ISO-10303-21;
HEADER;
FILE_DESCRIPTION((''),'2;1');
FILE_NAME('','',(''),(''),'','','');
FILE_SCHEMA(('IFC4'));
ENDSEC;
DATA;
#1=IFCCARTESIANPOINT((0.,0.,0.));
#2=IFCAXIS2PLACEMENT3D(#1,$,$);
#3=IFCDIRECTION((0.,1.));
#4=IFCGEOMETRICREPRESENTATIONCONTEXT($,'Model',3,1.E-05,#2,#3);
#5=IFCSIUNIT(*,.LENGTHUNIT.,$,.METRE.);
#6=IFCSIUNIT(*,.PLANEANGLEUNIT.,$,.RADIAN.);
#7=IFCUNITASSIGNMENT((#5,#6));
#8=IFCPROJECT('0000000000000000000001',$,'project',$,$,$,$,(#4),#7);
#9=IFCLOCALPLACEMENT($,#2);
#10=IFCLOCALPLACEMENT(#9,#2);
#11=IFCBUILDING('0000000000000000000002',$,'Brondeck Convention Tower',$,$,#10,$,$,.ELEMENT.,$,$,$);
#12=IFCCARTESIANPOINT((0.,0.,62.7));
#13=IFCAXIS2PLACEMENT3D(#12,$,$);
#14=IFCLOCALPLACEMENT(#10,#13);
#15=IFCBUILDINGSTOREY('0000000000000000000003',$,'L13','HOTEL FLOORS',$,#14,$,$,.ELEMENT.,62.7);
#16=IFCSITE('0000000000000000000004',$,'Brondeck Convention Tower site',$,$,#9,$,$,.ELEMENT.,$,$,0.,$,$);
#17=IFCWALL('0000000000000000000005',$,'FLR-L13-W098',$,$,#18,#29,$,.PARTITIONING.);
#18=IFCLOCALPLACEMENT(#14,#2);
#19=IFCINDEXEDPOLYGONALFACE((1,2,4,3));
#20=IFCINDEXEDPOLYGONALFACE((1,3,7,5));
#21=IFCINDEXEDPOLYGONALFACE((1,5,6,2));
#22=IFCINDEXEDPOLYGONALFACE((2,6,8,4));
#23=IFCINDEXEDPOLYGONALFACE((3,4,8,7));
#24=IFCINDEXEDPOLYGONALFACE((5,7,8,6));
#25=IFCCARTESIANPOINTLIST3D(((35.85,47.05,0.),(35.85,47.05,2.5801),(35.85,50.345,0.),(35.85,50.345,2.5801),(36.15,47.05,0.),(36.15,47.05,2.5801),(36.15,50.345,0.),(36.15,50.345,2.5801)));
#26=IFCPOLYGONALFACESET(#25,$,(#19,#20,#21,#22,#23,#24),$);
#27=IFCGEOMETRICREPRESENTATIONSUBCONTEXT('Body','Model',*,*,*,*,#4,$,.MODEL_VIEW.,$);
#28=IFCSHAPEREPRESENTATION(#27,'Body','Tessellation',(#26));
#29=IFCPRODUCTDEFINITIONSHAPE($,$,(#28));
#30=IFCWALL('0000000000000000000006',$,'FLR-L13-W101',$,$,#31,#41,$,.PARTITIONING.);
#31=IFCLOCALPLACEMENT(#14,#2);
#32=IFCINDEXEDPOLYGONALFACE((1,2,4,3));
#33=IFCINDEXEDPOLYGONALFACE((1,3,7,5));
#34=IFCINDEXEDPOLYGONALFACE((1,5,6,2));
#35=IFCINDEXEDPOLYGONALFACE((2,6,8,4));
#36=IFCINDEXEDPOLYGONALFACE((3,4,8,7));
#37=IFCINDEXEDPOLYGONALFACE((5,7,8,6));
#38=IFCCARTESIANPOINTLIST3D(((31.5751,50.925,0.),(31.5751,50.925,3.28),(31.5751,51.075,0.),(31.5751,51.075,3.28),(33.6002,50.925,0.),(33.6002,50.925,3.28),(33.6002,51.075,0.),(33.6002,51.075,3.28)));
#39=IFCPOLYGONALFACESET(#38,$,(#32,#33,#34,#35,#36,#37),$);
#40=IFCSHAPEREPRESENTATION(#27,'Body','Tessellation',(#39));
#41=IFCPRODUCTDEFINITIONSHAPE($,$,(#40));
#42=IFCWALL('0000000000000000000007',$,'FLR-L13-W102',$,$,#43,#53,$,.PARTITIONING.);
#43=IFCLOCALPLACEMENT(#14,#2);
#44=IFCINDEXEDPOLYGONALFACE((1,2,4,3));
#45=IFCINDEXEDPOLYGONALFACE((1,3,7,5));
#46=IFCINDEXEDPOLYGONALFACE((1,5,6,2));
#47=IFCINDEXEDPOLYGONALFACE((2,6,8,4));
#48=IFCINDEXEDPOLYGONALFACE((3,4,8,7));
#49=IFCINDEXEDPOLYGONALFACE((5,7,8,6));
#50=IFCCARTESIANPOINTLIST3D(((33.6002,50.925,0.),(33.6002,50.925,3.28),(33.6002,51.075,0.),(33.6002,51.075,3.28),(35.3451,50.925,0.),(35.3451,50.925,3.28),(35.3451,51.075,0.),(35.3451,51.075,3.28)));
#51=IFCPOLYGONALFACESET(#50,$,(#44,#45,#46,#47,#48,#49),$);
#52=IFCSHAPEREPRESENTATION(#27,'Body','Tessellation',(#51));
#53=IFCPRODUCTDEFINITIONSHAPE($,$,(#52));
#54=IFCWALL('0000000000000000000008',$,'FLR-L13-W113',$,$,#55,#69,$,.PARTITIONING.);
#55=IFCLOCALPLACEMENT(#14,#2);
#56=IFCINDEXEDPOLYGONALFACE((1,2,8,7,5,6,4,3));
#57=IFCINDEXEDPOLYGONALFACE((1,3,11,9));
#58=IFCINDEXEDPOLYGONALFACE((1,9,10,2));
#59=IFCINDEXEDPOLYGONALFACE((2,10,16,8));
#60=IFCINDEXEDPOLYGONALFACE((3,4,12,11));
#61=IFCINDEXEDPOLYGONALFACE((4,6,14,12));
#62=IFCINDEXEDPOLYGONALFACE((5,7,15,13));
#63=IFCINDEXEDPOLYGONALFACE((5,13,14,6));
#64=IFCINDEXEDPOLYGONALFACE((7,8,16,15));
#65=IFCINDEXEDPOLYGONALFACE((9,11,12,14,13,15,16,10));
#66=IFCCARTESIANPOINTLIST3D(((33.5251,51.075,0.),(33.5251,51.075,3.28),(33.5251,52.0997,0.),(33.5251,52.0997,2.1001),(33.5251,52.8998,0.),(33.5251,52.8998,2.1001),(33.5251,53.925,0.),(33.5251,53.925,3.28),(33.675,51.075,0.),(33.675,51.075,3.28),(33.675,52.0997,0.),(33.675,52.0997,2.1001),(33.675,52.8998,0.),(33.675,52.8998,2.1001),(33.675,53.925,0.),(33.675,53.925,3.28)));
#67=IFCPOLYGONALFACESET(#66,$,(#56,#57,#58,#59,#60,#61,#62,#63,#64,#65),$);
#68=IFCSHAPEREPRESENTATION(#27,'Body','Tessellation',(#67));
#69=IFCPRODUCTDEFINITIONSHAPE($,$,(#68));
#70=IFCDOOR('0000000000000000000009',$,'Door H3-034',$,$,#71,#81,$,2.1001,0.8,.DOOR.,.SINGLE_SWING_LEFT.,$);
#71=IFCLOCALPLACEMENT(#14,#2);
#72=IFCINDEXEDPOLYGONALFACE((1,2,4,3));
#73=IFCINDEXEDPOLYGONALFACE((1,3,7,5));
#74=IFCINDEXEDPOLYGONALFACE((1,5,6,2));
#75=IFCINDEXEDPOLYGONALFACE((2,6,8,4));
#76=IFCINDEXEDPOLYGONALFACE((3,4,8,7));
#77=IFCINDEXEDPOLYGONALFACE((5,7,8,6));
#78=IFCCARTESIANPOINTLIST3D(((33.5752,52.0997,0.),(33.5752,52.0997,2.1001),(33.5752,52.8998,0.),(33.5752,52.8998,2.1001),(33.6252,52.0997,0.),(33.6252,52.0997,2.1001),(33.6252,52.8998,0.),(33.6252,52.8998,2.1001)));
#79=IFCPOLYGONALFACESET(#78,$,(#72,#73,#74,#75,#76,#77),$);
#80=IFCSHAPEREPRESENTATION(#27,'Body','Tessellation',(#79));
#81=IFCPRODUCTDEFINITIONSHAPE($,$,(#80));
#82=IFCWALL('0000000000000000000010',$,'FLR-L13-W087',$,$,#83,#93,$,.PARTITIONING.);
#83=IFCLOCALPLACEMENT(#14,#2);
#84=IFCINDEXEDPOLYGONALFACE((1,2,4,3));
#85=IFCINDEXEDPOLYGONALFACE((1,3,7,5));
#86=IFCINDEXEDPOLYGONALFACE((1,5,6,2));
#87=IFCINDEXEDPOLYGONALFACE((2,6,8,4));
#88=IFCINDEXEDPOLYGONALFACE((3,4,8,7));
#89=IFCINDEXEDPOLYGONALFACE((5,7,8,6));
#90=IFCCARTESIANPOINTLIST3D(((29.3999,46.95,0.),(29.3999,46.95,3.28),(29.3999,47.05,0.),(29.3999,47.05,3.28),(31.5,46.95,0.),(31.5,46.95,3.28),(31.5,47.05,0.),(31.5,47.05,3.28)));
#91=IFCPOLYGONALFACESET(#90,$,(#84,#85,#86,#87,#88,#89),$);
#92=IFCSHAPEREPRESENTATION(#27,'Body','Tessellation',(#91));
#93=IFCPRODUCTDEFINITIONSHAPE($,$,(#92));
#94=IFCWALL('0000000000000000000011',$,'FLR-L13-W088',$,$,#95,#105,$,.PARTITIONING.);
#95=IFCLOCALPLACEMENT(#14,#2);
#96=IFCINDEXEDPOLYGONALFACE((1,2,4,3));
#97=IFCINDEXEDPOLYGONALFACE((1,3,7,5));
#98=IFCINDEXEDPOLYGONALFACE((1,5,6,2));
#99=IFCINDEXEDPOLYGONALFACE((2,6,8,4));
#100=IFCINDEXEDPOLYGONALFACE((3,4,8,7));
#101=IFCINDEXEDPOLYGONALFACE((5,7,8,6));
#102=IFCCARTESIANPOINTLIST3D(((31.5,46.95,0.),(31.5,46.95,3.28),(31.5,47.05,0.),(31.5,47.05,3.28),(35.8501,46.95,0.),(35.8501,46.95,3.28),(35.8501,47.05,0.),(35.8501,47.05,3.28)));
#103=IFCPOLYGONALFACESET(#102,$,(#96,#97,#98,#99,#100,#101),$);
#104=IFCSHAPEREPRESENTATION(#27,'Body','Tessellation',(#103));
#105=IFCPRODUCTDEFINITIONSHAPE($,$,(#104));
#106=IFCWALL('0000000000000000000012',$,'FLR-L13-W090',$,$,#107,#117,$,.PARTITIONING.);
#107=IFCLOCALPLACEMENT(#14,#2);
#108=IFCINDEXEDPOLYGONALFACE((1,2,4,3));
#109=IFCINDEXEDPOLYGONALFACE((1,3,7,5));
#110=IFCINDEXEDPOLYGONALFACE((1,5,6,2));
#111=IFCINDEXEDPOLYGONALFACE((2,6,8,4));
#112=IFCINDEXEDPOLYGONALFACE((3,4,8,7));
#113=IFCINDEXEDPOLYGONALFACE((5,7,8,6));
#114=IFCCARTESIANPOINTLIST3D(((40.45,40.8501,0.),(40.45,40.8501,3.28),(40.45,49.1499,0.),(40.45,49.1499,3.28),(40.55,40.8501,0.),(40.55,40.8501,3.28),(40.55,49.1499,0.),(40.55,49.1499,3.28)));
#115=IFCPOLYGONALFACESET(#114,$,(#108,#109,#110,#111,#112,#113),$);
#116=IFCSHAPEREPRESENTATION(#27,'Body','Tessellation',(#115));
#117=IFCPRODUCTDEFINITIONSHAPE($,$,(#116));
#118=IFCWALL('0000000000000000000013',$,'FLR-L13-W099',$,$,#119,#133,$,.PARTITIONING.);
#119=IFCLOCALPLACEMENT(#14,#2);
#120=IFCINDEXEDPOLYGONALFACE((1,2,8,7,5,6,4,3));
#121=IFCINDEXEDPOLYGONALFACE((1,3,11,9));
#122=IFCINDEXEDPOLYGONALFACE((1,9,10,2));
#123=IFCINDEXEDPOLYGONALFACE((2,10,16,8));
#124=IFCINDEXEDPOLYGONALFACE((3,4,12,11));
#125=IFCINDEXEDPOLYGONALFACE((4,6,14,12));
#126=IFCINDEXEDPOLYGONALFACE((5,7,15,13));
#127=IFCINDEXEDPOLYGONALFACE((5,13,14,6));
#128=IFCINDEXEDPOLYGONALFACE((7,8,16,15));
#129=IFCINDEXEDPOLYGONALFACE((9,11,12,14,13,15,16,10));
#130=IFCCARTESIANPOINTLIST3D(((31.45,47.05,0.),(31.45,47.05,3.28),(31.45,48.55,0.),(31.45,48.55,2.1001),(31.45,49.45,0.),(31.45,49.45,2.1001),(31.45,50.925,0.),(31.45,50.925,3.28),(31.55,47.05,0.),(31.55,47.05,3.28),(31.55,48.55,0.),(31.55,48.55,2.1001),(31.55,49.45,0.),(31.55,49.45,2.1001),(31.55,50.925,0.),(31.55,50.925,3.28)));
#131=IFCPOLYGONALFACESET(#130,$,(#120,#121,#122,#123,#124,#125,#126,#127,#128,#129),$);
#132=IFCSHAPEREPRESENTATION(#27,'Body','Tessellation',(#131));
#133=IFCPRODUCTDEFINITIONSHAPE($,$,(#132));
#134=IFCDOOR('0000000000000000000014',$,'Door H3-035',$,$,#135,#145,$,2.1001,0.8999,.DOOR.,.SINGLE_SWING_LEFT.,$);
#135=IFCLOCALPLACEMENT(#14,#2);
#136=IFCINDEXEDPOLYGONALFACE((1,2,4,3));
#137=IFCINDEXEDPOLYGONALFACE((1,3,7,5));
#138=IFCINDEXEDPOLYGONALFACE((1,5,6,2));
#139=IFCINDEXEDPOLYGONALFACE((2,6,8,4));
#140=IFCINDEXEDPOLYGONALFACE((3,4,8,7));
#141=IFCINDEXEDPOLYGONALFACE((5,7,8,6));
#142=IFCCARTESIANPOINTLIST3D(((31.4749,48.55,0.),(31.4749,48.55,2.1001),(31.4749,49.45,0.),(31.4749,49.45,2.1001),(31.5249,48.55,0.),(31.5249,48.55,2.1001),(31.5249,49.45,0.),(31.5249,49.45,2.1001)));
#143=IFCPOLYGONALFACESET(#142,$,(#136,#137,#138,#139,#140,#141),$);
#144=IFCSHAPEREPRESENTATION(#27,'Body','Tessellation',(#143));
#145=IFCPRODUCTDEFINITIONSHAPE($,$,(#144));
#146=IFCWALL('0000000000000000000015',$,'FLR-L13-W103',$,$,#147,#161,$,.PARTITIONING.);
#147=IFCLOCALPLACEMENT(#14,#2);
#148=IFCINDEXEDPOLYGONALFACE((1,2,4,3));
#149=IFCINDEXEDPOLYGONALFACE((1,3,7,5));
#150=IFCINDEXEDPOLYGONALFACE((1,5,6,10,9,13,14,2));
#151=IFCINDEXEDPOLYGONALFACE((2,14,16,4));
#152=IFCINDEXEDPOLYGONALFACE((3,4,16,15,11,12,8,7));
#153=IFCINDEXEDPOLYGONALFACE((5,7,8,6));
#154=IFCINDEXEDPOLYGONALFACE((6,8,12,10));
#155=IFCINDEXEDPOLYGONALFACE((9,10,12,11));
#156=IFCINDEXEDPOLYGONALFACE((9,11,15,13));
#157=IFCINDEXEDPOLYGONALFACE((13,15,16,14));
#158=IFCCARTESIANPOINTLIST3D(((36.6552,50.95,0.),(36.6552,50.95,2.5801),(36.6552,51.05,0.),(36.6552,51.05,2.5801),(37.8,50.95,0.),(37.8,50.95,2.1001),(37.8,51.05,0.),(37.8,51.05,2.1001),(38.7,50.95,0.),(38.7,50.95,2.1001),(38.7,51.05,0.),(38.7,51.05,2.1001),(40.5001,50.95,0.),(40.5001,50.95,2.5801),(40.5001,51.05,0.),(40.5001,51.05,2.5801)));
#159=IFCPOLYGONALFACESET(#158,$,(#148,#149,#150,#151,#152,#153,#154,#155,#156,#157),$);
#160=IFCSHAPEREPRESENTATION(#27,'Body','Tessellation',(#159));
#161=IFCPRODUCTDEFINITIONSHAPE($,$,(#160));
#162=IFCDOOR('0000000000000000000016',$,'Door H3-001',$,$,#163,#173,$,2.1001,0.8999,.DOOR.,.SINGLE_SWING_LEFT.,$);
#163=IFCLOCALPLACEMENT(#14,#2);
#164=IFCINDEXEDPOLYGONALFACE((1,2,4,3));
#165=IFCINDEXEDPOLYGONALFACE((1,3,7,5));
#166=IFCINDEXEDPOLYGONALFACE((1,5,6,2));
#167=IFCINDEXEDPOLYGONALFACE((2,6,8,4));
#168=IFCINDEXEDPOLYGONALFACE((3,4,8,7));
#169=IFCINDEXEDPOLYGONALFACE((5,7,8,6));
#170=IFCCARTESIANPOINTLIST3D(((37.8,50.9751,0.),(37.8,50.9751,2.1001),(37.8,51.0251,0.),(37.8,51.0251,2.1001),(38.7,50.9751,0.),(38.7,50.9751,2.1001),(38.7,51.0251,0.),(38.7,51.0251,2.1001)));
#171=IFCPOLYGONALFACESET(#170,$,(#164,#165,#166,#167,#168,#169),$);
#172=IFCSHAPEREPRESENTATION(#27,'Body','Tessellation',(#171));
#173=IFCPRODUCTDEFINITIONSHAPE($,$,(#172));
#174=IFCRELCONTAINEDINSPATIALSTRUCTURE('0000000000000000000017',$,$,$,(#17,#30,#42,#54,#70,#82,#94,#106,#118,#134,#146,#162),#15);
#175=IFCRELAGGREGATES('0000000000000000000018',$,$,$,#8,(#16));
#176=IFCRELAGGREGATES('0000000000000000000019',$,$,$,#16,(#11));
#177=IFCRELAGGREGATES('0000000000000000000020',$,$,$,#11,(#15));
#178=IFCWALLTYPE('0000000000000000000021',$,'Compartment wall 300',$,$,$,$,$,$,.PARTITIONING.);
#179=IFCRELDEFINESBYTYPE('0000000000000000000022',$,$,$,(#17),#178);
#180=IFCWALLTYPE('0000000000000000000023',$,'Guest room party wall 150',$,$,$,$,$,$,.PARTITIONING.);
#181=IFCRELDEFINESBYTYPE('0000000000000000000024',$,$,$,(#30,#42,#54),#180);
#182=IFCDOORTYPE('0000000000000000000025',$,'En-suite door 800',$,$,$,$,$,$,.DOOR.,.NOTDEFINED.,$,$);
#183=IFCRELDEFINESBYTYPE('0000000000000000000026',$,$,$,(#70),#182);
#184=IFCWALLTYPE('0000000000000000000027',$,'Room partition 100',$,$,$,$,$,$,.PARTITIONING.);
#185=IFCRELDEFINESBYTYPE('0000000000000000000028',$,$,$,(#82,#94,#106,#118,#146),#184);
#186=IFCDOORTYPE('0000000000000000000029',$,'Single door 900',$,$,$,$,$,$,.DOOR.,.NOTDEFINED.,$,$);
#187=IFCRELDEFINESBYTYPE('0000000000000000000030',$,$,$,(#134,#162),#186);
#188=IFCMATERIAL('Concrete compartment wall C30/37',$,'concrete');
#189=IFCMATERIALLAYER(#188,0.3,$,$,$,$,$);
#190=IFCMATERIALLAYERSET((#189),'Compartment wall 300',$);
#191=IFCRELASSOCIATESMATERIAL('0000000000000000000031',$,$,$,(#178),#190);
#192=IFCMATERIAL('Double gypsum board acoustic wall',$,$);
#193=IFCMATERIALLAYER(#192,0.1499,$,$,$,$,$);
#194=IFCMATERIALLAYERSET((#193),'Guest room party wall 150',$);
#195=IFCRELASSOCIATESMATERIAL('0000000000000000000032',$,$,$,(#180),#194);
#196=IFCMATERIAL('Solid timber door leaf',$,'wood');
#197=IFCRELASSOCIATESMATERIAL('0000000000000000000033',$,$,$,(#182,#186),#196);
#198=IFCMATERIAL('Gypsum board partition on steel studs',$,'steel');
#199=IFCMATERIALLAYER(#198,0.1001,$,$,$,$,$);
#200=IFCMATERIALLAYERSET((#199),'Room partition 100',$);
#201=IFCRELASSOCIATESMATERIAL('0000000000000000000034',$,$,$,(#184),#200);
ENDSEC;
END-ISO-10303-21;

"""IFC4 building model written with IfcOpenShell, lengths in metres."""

from ifc_helpers import new_model, si_unit, direction, frame, frame_2d, origin, place, context, subcontext, project, spatial, rectangle, extrude, material, layer, layer_set, type_object, element, fill, save


model = new_model("IFC4")

# Units and contexts
model_context = context("Model", 3, precision=1e-05, world=origin(), true_north=direction((0.0, 1.0)))
body_context = subcontext(model_context, "Body", "Model", "MODEL_VIEW")
ifc_project = project(units=[si_unit("LENGTHUNIT", "METRE"), si_unit("PLANEANGLEUNIT", "RADIAN")], contexts=[model_context])

# Site, building, storey
site_placement = place(None, origin())
site = spatial("IfcSite", under=ifc_project, at=site_placement, Name="Brondeck Convention Tower site", CompositionType="ELEMENT", RefElevation=0.0)
building_placement = place(site_placement, origin())
building = spatial("IfcBuilding", under=site, at=building_placement, Name="Brondeck Convention Tower", CompositionType="ELEMENT")
storey_placement = place(building_placement, frame((0.0, 0.0, 62.7)))
storey = spatial("IfcBuildingStorey", under=building, at=storey_placement, Name="L13", Description="HOTEL FLOORS", CompositionType="ELEMENT", Elevation=62.7)

# Shared definitions
ifc_material_1 = material(Name="Concrete compartment wall C30/37", Category="concrete")
ifc_layer_1 = layer(ifc_material_1, 0.3)
ifc_layer_set_1 = layer_set([ifc_layer_1], Name="Compartment wall 300")
wall_type_1 = type_object("IfcWallType", Name="Compartment wall 300", PredefinedType="PARTITIONING", material=ifc_layer_set_1)

# Walls
wall_1_placement = place(storey_placement, frame((36.0, 50.345, 0.0), z_axis=(0.0, 0.0, 1.0), x_axis=(0.0, -1.0, 0.0)))
element("IfcWall", 1, at=wall_1_placement, inside=storey, type_object=wall_type_1, Name="FLR-L13-W098", PredefinedType="PARTITIONING", context=body_context, shape_type="SweptSolid", body=[
    extrude(rectangle(XDim=3.2949, YDim=0.3, at=frame_2d((1.6475, 0.0))), origin(), (0.0, 0.0, 1.0), 2.5801),
])
ifc_material_2 = material(Name="Double gypsum board acoustic wall")
ifc_layer_2 = layer(ifc_material_2, 0.1499)
ifc_layer_set_2 = layer_set([ifc_layer_2], Name="Guest room party wall 150")
wall_type_2 = type_object("IfcWallType", Name="Guest room party wall 150", PredefinedType="PARTITIONING", material=ifc_layer_set_2)
wall_2_placement = place(storey_placement, frame((31.575, 51.0, 0.0), z_axis=(0.0, 0.0, 1.0), x_axis=(1.0, 0.0, 0.0)))
element("IfcWall", 2, at=wall_2_placement, inside=storey, type_object=wall_type_2, Name="FLR-L13-W101", PredefinedType="PARTITIONING", context=body_context, shape_type="SweptSolid", body=[
    extrude(rectangle(XDim=2.0251, YDim=0.1499, at=frame_2d((1.0127, 0.0))), origin(), (0.0, 0.0, 1.0), 3.28),
])
wall_3_placement = place(storey_placement, frame((33.6001, 51.0, 0.0), z_axis=(0.0, 0.0, 1.0), x_axis=(1.0, 0.0, 0.0)))
element("IfcWall", 3, at=wall_3_placement, inside=storey, type_object=wall_type_2, Name="FLR-L13-W102", PredefinedType="PARTITIONING", context=body_context, shape_type="SweptSolid", body=[
    extrude(rectangle(XDim=1.7449, YDim=0.1499, at=frame_2d((0.8726, 0.0))), origin(), (0.0, 0.0, 1.0), 3.28),
])

# Wall, opening, door
wall_4_placement = place(storey_placement, frame((33.6001, 51.075, 0.0), z_axis=(0.0, 0.0, 1.0), x_axis=(0.0, 1.0, 0.0)))
wall_4 = element("IfcWall", 4, at=wall_4_placement, inside=storey, type_object=wall_type_2, Name="FLR-L13-W113", PredefinedType="PARTITIONING", context=body_context, shape_type="SweptSolid", body=[
    extrude(rectangle(XDim=2.8501, YDim=0.1499, at=frame_2d((1.425, 0.0))), origin(), (0.0, 0.0, 1.0), 3.28),
])
opening_1_placement = place(wall_4_placement, frame((1.0249, 0.0, 0.0)))
opening_1 = element("IfcOpeningElement", 5, at=opening_1_placement, cuts=wall_4, PredefinedType="OPENING", context=body_context, shape_type="SweptSolid", body=[
    extrude(rectangle(XDim=0.8, YDim=2.1001, at=frame_2d((0.3999, 1.05))), frame((0.0, 0.085, 0.0), z_axis=(0.0, -1.0, 0.0), x_axis=(1.0, 0.0, 0.0)), (0.0, 0.0, 1.0), 0.1699),
])
ifc_material_3 = material(Name="Solid timber door leaf", Category="wood")
door_type_1 = type_object("IfcDoorType", Name="En-suite door 800", OperationType="NOTDEFINED", PredefinedType="DOOR", material=ifc_material_3)
door_1_placement = place(opening_1_placement, origin())
door_1 = element("IfcDoor", 6, at=door_1_placement, inside=storey, type_object=door_type_1, Name="Door H3-034", OperationType="SINGLE_SWING_LEFT", OverallHeight=2.1001, OverallWidth=0.8, PredefinedType="DOOR", context=body_context, shape_type="SweptSolid", body=[
    extrude(rectangle(XDim=0.8, YDim=2.1001, at=frame_2d((0.3999, 1.05))), frame((0.0, 0.0249, 0.0), z_axis=(0.0, -1.0, 0.0), x_axis=(1.0, 0.0, 0.0)), (0.0, 0.0, 1.0), 0.05),
])
fill(opening_1, door_1)

# Walls
ifc_material_4 = material(Name="Gypsum board partition on steel studs", Category="steel")
ifc_layer_3 = layer(ifc_material_4, 0.1001)
ifc_layer_set_3 = layer_set([ifc_layer_3], Name="Room partition 100")
wall_type_3 = type_object("IfcWallType", Name="Room partition 100", PredefinedType="PARTITIONING", material=ifc_layer_set_3)
wall_5_placement = place(storey_placement, frame((29.3999, 47.0, 0.0), z_axis=(0.0, 0.0, 1.0), x_axis=(1.0, 0.0, 0.0)))
element("IfcWall", 7, at=wall_5_placement, inside=storey, type_object=wall_type_3, Name="FLR-L13-W087", PredefinedType="PARTITIONING", context=body_context, shape_type="SweptSolid", body=[
    extrude(rectangle(XDim=2.1001, YDim=0.1001, at=frame_2d((1.05, 0.0))), origin(), (0.0, 0.0, 1.0), 3.28),
])
wall_6_placement = place(storey_placement, frame((31.5, 47.0, 0.0), z_axis=(0.0, 0.0, 1.0), x_axis=(1.0, 0.0, 0.0)))
element("IfcWall", 8, at=wall_6_placement, inside=storey, type_object=wall_type_3, Name="FLR-L13-W088", PredefinedType="PARTITIONING", context=body_context, shape_type="SweptSolid", body=[
    extrude(rectangle(XDim=4.3501, YDim=0.1001, at=frame_2d((2.175, 0.0))), origin(), (0.0, 0.0, 1.0), 3.28),
])
wall_7_placement = place(storey_placement, frame((40.5, 49.1499, 0.0), z_axis=(0.0, 0.0, 1.0), x_axis=(0.0, -1.0, 0.0)))
element("IfcWall", 9, at=wall_7_placement, inside=storey, type_object=wall_type_3, Name="FLR-L13-W090", PredefinedType="PARTITIONING", context=body_context, shape_type="SweptSolid", body=[
    extrude(rectangle(XDim=8.2998, YDim=0.1001, at=frame_2d((4.1499, 0.0))), origin(), (0.0, 0.0, 1.0), 3.28),
])

# Walls, openings, doors
wall_8_placement = place(storey_placement, frame((31.5, 50.925, 0.0), z_axis=(0.0, 0.0, 1.0), x_axis=(0.0, -1.0, 0.0)))
wall_8 = element("IfcWall", 10, at=wall_8_placement, inside=storey, type_object=wall_type_3, Name="FLR-L13-W099", PredefinedType="PARTITIONING", context=body_context, shape_type="SweptSolid", body=[
    extrude(rectangle(XDim=3.875, YDim=0.1001, at=frame_2d((1.9375, 0.0))), origin(), (0.0, 0.0, 1.0), 3.28),
])
opening_2_placement = place(wall_8_placement, frame((1.4751, 0.0, 0.0)))
opening_2 = element("IfcOpeningElement", 11, at=opening_2_placement, cuts=wall_8, PredefinedType="OPENING", context=body_context, shape_type="SweptSolid", body=[
    extrude(rectangle(XDim=0.8999, YDim=2.1001, at=frame_2d((0.45, 1.05))), frame((0.0, 0.0601, 0.0), z_axis=(0.0, -1.0, 0.0), x_axis=(1.0, 0.0, 0.0)), (0.0, 0.0, 1.0), 0.1201),
])
door_type_2 = type_object("IfcDoorType", Name="Single door 900", OperationType="NOTDEFINED", PredefinedType="DOOR", material=ifc_material_3)
door_2_placement = place(opening_2_placement, origin())
door_2 = element("IfcDoor", 12, at=door_2_placement, inside=storey, type_object=door_type_2, Name="Door H3-035", OperationType="SINGLE_SWING_LEFT", OverallHeight=2.1001, OverallWidth=0.8999, PredefinedType="DOOR", context=body_context, shape_type="SweptSolid", body=[
    extrude(rectangle(XDim=0.8999, YDim=2.1001, at=frame_2d((0.45, 1.05))), frame((0.0, 0.0249, 0.0), z_axis=(0.0, -1.0, 0.0), x_axis=(1.0, 0.0, 0.0)), (0.0, 0.0, 1.0), 0.05),
])
fill(opening_2, door_2)
wall_9_placement = place(storey_placement, frame((40.5, 51.0, 0.0), z_axis=(0.0, 0.0, 1.0), x_axis=(-1.0, 0.0, 0.0)))
wall_9 = element("IfcWall", 13, at=wall_9_placement, inside=storey, type_object=wall_type_3, Name="FLR-L13-W103", PredefinedType="PARTITIONING", context=body_context, shape_type="SweptSolid", body=[
    extrude(rectangle(XDim=3.845, YDim=0.1001, at=frame_2d((1.9224, 0.0))), origin(), (0.0, 0.0, 1.0), 2.5801),
])
opening_3_placement = place(wall_9_placement, frame((1.8, 0.0, 0.0)))
opening_3 = element("IfcOpeningElement", 14, at=opening_3_placement, cuts=wall_9, PredefinedType="OPENING", context=body_context, shape_type="SweptSolid", body=[
    extrude(rectangle(XDim=0.8999, YDim=2.1001, at=frame_2d((0.45, 1.05))), frame((0.0, 0.0601, 0.0), z_axis=(0.0, -1.0, 0.0), x_axis=(1.0, 0.0, 0.0)), (0.0, 0.0, 1.0), 0.1201),
])
door_3_placement = place(opening_3_placement, origin())
door_3 = element("IfcDoor", 15, at=door_3_placement, inside=storey, type_object=door_type_2, Name="Door H3-001", OperationType="SINGLE_SWING_LEFT", OverallHeight=2.1001, OverallWidth=0.8999, PredefinedType="DOOR", context=body_context, shape_type="SweptSolid", body=[
    extrude(rectangle(XDim=0.8999, YDim=2.1001, at=frame_2d((0.45, 1.05))), frame((0.0, 0.0249, 0.0), z_axis=(0.0, -1.0, 0.0), x_axis=(1.0, 0.0, 0.0)), (0.0, 0.0, 1.0), 0.05),
])
fill(opening_3, door_3)

save(model, "model.ifc")
